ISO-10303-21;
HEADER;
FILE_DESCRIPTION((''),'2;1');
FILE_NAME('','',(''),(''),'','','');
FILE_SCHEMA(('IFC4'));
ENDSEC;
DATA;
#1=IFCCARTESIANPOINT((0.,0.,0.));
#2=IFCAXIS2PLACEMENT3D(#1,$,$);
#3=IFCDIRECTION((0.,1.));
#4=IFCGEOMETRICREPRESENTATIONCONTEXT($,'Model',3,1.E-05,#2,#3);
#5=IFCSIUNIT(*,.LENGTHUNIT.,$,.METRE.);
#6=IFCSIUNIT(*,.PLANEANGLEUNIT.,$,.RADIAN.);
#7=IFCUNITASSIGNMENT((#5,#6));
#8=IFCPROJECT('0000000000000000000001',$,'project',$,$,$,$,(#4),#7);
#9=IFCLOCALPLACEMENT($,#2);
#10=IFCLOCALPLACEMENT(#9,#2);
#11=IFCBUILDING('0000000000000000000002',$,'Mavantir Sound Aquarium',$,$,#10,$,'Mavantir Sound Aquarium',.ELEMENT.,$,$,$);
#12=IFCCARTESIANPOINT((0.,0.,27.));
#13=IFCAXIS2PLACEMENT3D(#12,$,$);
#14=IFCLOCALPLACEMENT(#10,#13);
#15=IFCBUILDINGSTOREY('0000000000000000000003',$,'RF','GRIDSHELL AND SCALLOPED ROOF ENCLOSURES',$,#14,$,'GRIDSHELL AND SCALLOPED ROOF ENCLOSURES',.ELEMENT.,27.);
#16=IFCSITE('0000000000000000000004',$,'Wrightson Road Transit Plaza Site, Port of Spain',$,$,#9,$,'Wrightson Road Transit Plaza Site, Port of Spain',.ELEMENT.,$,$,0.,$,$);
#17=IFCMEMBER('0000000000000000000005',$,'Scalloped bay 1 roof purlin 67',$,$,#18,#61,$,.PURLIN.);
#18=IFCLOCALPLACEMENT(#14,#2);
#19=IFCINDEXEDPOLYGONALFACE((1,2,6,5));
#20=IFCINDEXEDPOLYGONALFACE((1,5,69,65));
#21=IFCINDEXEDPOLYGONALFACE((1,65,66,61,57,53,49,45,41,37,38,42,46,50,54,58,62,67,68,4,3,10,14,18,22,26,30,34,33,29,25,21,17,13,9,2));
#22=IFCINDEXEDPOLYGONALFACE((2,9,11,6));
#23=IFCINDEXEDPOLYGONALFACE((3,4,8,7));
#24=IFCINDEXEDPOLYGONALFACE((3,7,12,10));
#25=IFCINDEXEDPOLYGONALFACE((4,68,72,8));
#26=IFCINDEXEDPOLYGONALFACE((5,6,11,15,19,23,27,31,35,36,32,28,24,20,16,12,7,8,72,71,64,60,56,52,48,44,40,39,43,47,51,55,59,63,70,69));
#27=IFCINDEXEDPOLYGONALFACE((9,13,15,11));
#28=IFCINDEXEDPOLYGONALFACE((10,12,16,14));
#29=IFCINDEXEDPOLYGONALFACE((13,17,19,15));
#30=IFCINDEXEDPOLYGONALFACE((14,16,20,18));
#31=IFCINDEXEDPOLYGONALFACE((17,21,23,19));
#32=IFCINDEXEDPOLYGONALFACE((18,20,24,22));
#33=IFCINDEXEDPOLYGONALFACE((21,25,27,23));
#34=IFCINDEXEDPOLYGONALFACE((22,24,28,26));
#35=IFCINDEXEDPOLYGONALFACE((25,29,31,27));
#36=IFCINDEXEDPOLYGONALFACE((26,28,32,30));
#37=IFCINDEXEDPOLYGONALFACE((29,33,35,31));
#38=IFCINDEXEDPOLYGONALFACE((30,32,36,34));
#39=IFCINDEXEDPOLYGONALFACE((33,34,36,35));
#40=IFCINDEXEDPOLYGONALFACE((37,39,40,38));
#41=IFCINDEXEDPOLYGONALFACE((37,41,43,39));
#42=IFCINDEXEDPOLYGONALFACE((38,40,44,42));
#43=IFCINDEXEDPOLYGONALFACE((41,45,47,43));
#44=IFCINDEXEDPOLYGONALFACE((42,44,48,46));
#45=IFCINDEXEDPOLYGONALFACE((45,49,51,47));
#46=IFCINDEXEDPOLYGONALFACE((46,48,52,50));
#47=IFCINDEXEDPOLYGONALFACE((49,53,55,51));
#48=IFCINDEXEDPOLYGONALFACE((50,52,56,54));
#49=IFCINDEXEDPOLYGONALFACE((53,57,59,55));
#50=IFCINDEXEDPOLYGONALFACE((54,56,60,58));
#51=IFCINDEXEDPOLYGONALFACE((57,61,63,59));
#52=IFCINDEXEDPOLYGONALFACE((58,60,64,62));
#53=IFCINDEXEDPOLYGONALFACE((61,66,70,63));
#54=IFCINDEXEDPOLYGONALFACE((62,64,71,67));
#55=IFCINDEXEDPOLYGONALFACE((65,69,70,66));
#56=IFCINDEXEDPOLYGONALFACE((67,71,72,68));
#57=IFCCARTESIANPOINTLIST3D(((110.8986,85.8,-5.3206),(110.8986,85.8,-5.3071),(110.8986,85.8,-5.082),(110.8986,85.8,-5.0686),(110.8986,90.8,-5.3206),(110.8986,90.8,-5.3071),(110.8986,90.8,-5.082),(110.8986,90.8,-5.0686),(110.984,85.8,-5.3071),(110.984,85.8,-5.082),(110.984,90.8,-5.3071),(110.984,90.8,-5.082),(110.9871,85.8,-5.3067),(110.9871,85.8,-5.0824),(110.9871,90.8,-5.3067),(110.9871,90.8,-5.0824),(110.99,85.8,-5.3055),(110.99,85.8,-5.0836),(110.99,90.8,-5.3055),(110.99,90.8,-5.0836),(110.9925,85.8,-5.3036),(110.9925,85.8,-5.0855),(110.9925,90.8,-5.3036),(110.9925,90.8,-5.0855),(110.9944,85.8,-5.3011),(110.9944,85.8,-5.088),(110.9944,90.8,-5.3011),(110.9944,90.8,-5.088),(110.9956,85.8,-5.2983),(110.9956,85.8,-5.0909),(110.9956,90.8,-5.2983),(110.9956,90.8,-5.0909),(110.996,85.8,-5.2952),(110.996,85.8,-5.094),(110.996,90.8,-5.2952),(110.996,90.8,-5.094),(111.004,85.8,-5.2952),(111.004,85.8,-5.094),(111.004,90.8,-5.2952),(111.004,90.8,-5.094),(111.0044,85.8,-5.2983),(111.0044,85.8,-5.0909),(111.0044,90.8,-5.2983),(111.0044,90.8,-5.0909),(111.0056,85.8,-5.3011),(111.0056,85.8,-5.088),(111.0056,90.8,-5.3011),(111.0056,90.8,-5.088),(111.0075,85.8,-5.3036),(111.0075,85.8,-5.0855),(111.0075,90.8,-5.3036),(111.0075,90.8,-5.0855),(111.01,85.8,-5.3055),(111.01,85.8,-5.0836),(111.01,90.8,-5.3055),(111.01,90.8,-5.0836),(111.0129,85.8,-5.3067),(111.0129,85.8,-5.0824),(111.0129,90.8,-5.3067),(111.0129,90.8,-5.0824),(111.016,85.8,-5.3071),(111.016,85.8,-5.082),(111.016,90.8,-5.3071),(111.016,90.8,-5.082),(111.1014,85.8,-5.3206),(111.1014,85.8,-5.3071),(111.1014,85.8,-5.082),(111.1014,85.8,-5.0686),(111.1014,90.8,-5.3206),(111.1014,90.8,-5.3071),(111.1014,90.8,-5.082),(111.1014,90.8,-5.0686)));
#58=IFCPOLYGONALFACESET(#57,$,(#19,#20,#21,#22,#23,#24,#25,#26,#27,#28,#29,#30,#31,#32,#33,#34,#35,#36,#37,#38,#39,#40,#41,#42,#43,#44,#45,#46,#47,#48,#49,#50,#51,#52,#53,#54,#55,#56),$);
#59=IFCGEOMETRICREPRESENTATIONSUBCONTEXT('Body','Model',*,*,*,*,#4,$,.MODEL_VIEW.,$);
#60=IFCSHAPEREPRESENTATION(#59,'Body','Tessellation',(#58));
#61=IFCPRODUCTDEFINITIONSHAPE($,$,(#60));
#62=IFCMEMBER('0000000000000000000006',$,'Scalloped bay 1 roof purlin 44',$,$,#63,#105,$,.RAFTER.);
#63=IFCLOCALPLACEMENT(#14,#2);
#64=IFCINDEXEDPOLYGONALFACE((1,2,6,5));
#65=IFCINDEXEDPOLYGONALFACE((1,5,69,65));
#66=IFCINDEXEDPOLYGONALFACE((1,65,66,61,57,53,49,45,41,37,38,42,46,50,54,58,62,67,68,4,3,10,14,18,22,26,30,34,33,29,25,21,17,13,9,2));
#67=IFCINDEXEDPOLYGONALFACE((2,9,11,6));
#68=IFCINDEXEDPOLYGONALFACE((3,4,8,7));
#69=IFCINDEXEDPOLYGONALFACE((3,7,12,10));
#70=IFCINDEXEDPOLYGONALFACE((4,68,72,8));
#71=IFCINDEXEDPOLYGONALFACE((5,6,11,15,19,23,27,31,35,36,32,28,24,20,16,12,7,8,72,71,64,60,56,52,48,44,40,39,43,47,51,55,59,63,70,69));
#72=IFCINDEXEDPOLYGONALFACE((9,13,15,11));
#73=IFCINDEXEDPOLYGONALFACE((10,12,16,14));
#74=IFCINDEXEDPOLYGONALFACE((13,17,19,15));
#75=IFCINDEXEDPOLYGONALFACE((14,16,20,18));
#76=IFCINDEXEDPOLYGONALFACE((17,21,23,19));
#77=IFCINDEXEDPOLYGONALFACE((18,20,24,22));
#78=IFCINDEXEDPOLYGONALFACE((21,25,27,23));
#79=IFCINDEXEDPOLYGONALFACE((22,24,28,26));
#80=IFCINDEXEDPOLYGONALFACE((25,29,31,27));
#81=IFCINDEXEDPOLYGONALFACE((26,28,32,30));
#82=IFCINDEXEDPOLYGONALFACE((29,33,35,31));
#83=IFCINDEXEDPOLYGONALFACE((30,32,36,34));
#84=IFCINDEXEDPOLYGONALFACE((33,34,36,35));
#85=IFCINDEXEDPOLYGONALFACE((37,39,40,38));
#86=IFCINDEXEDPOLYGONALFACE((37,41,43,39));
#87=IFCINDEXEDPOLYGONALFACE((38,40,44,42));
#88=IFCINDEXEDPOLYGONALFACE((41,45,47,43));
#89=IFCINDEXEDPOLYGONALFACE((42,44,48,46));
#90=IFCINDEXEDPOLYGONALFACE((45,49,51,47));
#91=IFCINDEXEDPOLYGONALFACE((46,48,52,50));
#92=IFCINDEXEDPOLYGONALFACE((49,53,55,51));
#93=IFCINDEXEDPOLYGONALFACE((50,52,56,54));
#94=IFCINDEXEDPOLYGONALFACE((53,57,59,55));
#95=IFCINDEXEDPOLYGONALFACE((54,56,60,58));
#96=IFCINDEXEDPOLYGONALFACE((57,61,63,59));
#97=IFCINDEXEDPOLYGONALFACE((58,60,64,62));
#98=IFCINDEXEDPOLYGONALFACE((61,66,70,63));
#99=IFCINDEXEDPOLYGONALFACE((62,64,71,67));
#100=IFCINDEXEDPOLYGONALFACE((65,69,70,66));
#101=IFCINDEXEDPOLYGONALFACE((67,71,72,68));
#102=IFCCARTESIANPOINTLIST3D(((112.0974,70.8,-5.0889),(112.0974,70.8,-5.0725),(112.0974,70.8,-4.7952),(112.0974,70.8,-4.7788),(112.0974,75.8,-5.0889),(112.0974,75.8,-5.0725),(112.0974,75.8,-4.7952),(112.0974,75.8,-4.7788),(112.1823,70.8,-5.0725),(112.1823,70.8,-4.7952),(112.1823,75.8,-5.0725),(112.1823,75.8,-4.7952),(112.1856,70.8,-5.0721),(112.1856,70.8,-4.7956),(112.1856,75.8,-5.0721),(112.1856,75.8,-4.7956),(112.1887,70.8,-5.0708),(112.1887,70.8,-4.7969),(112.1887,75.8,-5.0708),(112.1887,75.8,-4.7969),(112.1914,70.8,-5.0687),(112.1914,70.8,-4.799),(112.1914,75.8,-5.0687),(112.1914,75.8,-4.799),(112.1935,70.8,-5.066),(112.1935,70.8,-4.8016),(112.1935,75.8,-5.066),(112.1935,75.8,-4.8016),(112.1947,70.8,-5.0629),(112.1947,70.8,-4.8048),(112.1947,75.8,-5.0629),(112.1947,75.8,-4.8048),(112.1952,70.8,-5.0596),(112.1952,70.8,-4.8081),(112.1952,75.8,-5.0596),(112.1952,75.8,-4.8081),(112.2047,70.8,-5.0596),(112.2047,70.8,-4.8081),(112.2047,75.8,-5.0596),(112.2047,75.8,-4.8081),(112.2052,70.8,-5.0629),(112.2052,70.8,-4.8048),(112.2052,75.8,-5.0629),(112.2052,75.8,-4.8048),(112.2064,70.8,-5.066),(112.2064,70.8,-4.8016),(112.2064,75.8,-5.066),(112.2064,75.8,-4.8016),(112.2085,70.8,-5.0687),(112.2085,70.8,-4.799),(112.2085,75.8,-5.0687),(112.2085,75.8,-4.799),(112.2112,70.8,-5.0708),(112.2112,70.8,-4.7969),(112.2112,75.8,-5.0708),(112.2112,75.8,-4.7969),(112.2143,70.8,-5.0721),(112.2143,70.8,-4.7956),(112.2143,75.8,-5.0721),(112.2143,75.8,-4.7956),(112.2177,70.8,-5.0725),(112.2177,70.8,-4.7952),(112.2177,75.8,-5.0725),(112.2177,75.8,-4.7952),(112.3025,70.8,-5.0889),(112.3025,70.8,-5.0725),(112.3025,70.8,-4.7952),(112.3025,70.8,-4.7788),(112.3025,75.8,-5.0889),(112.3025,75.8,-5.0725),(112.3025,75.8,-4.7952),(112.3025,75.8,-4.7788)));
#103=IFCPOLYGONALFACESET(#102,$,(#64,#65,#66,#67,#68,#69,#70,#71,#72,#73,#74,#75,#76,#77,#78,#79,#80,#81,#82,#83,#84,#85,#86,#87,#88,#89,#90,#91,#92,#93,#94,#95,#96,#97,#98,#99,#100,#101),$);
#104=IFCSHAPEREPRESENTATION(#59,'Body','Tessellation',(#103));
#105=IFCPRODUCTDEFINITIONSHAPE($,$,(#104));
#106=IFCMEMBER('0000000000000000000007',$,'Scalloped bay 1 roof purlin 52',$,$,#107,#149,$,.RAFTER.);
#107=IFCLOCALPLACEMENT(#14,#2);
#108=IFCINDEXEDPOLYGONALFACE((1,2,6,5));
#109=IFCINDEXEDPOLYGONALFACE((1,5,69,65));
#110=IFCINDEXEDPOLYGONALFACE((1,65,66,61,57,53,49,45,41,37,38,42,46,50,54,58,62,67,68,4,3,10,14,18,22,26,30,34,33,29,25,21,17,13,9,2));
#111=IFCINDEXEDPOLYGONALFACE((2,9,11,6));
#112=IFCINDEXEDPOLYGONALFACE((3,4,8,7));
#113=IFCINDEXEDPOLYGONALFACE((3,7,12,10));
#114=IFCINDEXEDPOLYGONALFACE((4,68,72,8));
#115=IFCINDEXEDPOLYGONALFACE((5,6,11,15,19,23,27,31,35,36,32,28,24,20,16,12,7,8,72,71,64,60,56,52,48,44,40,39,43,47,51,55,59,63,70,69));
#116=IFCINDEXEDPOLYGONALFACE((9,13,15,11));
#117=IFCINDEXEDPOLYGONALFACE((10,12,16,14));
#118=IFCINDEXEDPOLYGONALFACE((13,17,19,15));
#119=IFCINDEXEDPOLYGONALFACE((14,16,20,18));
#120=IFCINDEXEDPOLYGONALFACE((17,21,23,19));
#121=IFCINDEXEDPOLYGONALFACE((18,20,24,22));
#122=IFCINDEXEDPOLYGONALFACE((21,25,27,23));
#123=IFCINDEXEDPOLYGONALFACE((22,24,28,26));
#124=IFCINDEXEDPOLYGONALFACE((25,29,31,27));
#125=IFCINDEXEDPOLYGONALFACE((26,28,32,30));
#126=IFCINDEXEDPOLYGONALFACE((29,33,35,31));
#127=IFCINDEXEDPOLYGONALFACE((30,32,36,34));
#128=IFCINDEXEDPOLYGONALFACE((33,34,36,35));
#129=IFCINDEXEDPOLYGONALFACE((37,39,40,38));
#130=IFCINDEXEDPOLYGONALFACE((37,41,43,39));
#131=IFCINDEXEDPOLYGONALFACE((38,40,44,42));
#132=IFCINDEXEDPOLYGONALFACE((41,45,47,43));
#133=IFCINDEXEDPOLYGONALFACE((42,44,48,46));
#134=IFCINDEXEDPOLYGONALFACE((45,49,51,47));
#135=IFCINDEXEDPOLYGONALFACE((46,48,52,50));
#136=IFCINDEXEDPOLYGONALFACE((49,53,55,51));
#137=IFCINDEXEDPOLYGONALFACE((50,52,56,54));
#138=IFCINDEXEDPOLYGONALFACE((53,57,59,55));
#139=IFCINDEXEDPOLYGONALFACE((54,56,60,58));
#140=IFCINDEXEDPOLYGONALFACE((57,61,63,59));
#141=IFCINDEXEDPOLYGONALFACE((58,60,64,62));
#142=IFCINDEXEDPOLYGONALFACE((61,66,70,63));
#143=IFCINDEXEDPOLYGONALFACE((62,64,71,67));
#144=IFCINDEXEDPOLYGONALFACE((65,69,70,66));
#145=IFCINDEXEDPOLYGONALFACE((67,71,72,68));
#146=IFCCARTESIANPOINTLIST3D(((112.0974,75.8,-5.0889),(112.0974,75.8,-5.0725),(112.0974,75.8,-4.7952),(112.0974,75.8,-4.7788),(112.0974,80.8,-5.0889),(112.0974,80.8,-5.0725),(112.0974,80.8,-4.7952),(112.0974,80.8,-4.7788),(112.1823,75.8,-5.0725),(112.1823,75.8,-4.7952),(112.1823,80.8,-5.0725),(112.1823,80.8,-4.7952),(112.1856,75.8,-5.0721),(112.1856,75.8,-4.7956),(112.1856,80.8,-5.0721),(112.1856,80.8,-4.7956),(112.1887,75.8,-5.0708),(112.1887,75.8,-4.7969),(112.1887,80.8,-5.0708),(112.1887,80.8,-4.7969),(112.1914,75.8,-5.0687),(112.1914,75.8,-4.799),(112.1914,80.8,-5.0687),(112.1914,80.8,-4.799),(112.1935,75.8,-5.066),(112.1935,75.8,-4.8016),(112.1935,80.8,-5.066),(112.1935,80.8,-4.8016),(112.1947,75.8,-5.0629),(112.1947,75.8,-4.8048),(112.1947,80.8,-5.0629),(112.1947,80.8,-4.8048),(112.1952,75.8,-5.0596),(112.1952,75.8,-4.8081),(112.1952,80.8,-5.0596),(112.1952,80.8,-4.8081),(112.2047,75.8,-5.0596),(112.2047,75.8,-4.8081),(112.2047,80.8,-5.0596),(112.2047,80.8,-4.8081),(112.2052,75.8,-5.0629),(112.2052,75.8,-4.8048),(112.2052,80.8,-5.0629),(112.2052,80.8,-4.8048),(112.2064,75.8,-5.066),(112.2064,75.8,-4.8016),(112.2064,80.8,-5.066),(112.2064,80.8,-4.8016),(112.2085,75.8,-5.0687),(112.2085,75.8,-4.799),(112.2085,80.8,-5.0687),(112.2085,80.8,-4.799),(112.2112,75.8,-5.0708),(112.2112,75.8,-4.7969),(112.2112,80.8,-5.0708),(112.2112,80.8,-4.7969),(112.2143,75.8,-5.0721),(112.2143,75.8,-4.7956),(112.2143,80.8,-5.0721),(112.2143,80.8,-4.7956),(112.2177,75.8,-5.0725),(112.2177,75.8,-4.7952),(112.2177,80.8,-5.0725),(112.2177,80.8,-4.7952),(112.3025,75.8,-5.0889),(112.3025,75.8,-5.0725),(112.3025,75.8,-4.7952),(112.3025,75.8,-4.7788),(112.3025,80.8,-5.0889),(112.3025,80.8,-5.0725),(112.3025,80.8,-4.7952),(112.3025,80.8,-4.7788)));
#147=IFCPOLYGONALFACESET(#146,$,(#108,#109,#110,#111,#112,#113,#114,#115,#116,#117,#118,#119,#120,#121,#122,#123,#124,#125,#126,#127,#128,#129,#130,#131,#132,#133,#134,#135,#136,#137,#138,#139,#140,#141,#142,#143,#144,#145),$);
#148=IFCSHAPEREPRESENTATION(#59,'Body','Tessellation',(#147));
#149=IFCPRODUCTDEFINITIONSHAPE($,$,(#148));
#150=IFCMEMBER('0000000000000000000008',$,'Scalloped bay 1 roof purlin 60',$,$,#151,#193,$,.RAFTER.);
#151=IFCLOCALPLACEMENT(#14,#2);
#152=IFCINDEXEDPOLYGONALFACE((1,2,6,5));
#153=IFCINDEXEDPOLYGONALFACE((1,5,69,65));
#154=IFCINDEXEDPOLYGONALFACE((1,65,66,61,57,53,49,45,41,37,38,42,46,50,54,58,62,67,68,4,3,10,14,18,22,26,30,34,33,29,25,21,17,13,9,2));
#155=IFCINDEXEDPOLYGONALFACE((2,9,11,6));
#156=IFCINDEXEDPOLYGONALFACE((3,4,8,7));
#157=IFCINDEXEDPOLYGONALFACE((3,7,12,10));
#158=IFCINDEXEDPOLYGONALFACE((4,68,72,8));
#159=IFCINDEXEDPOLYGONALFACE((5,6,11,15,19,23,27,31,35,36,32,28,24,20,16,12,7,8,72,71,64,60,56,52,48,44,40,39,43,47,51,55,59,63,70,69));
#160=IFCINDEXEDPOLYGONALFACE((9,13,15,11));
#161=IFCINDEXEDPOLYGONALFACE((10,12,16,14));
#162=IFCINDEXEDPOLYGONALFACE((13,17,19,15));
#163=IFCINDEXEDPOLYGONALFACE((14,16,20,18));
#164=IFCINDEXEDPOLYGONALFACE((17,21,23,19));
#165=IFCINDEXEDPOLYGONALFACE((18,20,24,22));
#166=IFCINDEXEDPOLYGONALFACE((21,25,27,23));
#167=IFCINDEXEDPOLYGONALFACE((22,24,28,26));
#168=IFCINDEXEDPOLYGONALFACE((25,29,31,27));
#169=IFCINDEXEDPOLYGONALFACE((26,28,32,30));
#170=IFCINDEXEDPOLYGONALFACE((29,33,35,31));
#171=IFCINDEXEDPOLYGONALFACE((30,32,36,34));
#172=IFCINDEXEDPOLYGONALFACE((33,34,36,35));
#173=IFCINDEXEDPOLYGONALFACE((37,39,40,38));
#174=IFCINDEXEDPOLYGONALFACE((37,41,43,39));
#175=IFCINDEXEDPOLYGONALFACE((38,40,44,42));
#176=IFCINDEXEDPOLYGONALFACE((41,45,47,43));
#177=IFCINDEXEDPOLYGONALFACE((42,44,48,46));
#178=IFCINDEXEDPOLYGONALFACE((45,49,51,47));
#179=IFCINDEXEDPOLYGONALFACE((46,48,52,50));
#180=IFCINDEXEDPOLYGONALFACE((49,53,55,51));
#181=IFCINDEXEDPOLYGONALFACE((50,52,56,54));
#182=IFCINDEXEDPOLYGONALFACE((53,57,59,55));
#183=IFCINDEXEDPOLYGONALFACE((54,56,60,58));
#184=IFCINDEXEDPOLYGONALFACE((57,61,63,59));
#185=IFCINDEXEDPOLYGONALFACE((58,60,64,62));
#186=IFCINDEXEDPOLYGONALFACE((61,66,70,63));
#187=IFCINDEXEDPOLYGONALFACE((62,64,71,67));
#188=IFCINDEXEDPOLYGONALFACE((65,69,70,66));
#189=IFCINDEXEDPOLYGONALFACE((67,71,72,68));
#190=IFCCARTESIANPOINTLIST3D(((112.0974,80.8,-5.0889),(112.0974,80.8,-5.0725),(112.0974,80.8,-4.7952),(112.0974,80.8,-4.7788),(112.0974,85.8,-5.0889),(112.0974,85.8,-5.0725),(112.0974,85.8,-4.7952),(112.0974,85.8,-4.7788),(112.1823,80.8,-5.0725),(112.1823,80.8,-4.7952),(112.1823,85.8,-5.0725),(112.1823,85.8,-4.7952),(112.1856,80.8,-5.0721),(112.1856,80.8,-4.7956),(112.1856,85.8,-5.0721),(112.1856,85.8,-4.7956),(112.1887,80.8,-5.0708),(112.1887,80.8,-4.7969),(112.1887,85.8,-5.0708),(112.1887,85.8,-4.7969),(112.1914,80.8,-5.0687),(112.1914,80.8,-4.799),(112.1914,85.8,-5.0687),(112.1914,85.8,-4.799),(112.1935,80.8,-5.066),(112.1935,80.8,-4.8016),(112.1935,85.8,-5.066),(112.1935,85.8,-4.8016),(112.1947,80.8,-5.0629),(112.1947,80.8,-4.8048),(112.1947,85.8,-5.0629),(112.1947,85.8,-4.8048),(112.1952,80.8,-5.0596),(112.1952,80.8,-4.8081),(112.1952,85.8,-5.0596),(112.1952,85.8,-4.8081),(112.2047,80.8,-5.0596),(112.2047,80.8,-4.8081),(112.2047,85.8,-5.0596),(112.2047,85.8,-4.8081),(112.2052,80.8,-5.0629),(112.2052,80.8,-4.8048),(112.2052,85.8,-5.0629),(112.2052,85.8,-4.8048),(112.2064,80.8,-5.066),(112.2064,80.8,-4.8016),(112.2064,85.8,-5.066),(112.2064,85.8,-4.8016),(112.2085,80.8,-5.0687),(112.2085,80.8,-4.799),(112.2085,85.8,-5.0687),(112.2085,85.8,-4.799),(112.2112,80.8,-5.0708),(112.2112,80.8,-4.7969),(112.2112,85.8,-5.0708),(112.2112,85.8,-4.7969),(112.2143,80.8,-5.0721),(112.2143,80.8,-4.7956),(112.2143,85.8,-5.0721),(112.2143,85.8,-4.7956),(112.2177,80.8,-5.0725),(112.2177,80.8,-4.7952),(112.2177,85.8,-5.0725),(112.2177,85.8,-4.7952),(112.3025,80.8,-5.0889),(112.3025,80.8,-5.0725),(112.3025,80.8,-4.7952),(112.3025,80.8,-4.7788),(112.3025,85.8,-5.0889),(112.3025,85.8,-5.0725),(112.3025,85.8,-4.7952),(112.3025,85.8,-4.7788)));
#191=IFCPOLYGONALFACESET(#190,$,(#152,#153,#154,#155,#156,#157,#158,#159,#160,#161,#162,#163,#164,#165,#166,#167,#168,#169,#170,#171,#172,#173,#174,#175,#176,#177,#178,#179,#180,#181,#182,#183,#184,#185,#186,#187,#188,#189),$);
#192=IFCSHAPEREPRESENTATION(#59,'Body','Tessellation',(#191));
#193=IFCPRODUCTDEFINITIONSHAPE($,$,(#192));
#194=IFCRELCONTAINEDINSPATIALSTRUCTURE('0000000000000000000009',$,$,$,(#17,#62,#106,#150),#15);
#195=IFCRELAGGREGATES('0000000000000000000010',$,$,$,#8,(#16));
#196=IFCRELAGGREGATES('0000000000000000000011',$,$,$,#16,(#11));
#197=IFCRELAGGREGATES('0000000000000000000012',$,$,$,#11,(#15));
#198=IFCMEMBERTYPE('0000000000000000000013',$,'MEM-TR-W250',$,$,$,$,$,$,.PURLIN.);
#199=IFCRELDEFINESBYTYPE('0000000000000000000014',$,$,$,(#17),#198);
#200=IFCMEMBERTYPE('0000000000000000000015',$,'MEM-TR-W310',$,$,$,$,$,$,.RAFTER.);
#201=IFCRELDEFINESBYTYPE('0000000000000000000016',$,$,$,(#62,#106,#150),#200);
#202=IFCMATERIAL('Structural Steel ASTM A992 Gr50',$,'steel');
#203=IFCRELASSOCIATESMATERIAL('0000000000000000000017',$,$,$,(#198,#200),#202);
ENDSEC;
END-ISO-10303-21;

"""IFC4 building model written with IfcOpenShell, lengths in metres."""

from ifc_helpers import new_model, si_unit, direction, frame, origin, origin_2d, place, context, subcontext, project, spatial, i_section, extrude, material, material_profile, profile_set, type_object, element, save


model = new_model("IFC4")

# Units and contexts
model_context = context("Model", 3, precision=1e-05, world=origin(), true_north=direction((0.0, 1.0)))
body_context = subcontext(model_context, "Body", "Model", "MODEL_VIEW")
ifc_project = project(units=[si_unit("LENGTHUNIT", "METRE"), si_unit("PLANEANGLEUNIT", "RADIAN")], contexts=[model_context])

# Site, building, storey
site_placement = place(None, origin())
site = spatial("IfcSite", under=ifc_project, at=site_placement, Name="Wrightson Road Transit Plaza Site, Port of Spain", LongName="Wrightson Road Transit Plaza Site, Port of Spain", CompositionType="ELEMENT", RefElevation=0.0)
building_placement = place(site_placement, origin())
building = spatial("IfcBuilding", under=site, at=building_placement, Name="Mavantir Sound Aquarium", LongName="Mavantir Sound Aquarium", CompositionType="ELEMENT")
storey_placement = place(building_placement, frame((0.0, 0.0, 27.0)))
storey = spatial("IfcBuildingStorey", under=building, at=storey_placement, Name="RF", Description="GRIDSHELL AND SCALLOPED ROOF ENCLOSURES", LongName="GRIDSHELL AND SCALLOPED ROOF ENCLOSURES", CompositionType="ELEMENT", Elevation=27.0)

# Members
ifc_material_1 = material(Name="Structural Steel ASTM A992 Gr50", Category="steel")
ifc_material_profile_1 = material_profile(ifc_material_1, i_section(OverallWidth=0.2029, OverallDepth=0.252, WebThickness=0.0081, FlangeThickness=0.0134, FilletRadius=0.012, at=origin_2d()), Name="W250X58")
ifc_profile_set_1 = profile_set([ifc_material_profile_1], Name="Structural Steel ASTM A992 Gr50")
member_type_1 = type_object("IfcMemberType", Name="MEM-TR-W250", PredefinedType="PURLIN", material=ifc_profile_set_1)
for number, where, z_axis, x_axis, name in (
    (1, (111.0, 85.8, -5.1946), (0.0, 1.0, 0.0), (-1.0, 0.0, 0.0), "Scalloped bay 1 roof purlin 67"),
):
    element("IfcMember", number, at=place(storey_placement, frame(where, z_axis=z_axis, x_axis=x_axis)), inside=storey, type_object=member_type_1, Name=name, PredefinedType="PURLIN", context=body_context, shape_type="SweptSolid", body=[
        extrude(i_section(OverallWidth=0.2029, OverallDepth=0.252, WebThickness=0.0081, FlangeThickness=0.0134, FilletRadius=0.012, at=origin_2d()), origin(), (0.0, 0.0, 1.0), 5.0),
    ])
ifc_material_profile_2 = material_profile(ifc_material_1, i_section(OverallWidth=0.2051, OverallDepth=0.3101, WebThickness=0.0095, FlangeThickness=0.0164, FilletRadius=0.0129, at=origin_2d()), Name="W310X74")
ifc_profile_set_2 = profile_set([ifc_material_profile_2], Name="Structural Steel ASTM A992 Gr50")
member_type_2 = type_object("IfcMemberType", Name="MEM-TR-W310", PredefinedType="RAFTER", material=ifc_profile_set_2)
for number, where, z_axis, x_axis, name in (
    (2, (112.2, 70.8, -4.9338), (0.0, 1.0, 0.0), (-1.0, 0.0, 0.0), "Scalloped bay 1 roof purlin 44"),
    (3, (112.2, 75.8, -4.9338), (0.0, 1.0, 0.0), (-1.0, 0.0, 0.0), "Scalloped bay 1 roof purlin 52"),
    (4, (112.2, 80.8, -4.9338), (0.0, 1.0, 0.0), (-1.0, 0.0, 0.0), "Scalloped bay 1 roof purlin 60"),
):
    element("IfcMember", number, at=place(storey_placement, frame(where, z_axis=z_axis, x_axis=x_axis)), inside=storey, type_object=member_type_2, Name=name, PredefinedType="RAFTER", context=body_context, shape_type="SweptSolid", body=[
        extrude(i_section(OverallWidth=0.2051, OverallDepth=0.3101, WebThickness=0.0095, FlangeThickness=0.0164, FilletRadius=0.0129, at=origin_2d()), origin(), (0.0, 0.0, 1.0), 5.0),
    ])

save(model, "model.ifc")
